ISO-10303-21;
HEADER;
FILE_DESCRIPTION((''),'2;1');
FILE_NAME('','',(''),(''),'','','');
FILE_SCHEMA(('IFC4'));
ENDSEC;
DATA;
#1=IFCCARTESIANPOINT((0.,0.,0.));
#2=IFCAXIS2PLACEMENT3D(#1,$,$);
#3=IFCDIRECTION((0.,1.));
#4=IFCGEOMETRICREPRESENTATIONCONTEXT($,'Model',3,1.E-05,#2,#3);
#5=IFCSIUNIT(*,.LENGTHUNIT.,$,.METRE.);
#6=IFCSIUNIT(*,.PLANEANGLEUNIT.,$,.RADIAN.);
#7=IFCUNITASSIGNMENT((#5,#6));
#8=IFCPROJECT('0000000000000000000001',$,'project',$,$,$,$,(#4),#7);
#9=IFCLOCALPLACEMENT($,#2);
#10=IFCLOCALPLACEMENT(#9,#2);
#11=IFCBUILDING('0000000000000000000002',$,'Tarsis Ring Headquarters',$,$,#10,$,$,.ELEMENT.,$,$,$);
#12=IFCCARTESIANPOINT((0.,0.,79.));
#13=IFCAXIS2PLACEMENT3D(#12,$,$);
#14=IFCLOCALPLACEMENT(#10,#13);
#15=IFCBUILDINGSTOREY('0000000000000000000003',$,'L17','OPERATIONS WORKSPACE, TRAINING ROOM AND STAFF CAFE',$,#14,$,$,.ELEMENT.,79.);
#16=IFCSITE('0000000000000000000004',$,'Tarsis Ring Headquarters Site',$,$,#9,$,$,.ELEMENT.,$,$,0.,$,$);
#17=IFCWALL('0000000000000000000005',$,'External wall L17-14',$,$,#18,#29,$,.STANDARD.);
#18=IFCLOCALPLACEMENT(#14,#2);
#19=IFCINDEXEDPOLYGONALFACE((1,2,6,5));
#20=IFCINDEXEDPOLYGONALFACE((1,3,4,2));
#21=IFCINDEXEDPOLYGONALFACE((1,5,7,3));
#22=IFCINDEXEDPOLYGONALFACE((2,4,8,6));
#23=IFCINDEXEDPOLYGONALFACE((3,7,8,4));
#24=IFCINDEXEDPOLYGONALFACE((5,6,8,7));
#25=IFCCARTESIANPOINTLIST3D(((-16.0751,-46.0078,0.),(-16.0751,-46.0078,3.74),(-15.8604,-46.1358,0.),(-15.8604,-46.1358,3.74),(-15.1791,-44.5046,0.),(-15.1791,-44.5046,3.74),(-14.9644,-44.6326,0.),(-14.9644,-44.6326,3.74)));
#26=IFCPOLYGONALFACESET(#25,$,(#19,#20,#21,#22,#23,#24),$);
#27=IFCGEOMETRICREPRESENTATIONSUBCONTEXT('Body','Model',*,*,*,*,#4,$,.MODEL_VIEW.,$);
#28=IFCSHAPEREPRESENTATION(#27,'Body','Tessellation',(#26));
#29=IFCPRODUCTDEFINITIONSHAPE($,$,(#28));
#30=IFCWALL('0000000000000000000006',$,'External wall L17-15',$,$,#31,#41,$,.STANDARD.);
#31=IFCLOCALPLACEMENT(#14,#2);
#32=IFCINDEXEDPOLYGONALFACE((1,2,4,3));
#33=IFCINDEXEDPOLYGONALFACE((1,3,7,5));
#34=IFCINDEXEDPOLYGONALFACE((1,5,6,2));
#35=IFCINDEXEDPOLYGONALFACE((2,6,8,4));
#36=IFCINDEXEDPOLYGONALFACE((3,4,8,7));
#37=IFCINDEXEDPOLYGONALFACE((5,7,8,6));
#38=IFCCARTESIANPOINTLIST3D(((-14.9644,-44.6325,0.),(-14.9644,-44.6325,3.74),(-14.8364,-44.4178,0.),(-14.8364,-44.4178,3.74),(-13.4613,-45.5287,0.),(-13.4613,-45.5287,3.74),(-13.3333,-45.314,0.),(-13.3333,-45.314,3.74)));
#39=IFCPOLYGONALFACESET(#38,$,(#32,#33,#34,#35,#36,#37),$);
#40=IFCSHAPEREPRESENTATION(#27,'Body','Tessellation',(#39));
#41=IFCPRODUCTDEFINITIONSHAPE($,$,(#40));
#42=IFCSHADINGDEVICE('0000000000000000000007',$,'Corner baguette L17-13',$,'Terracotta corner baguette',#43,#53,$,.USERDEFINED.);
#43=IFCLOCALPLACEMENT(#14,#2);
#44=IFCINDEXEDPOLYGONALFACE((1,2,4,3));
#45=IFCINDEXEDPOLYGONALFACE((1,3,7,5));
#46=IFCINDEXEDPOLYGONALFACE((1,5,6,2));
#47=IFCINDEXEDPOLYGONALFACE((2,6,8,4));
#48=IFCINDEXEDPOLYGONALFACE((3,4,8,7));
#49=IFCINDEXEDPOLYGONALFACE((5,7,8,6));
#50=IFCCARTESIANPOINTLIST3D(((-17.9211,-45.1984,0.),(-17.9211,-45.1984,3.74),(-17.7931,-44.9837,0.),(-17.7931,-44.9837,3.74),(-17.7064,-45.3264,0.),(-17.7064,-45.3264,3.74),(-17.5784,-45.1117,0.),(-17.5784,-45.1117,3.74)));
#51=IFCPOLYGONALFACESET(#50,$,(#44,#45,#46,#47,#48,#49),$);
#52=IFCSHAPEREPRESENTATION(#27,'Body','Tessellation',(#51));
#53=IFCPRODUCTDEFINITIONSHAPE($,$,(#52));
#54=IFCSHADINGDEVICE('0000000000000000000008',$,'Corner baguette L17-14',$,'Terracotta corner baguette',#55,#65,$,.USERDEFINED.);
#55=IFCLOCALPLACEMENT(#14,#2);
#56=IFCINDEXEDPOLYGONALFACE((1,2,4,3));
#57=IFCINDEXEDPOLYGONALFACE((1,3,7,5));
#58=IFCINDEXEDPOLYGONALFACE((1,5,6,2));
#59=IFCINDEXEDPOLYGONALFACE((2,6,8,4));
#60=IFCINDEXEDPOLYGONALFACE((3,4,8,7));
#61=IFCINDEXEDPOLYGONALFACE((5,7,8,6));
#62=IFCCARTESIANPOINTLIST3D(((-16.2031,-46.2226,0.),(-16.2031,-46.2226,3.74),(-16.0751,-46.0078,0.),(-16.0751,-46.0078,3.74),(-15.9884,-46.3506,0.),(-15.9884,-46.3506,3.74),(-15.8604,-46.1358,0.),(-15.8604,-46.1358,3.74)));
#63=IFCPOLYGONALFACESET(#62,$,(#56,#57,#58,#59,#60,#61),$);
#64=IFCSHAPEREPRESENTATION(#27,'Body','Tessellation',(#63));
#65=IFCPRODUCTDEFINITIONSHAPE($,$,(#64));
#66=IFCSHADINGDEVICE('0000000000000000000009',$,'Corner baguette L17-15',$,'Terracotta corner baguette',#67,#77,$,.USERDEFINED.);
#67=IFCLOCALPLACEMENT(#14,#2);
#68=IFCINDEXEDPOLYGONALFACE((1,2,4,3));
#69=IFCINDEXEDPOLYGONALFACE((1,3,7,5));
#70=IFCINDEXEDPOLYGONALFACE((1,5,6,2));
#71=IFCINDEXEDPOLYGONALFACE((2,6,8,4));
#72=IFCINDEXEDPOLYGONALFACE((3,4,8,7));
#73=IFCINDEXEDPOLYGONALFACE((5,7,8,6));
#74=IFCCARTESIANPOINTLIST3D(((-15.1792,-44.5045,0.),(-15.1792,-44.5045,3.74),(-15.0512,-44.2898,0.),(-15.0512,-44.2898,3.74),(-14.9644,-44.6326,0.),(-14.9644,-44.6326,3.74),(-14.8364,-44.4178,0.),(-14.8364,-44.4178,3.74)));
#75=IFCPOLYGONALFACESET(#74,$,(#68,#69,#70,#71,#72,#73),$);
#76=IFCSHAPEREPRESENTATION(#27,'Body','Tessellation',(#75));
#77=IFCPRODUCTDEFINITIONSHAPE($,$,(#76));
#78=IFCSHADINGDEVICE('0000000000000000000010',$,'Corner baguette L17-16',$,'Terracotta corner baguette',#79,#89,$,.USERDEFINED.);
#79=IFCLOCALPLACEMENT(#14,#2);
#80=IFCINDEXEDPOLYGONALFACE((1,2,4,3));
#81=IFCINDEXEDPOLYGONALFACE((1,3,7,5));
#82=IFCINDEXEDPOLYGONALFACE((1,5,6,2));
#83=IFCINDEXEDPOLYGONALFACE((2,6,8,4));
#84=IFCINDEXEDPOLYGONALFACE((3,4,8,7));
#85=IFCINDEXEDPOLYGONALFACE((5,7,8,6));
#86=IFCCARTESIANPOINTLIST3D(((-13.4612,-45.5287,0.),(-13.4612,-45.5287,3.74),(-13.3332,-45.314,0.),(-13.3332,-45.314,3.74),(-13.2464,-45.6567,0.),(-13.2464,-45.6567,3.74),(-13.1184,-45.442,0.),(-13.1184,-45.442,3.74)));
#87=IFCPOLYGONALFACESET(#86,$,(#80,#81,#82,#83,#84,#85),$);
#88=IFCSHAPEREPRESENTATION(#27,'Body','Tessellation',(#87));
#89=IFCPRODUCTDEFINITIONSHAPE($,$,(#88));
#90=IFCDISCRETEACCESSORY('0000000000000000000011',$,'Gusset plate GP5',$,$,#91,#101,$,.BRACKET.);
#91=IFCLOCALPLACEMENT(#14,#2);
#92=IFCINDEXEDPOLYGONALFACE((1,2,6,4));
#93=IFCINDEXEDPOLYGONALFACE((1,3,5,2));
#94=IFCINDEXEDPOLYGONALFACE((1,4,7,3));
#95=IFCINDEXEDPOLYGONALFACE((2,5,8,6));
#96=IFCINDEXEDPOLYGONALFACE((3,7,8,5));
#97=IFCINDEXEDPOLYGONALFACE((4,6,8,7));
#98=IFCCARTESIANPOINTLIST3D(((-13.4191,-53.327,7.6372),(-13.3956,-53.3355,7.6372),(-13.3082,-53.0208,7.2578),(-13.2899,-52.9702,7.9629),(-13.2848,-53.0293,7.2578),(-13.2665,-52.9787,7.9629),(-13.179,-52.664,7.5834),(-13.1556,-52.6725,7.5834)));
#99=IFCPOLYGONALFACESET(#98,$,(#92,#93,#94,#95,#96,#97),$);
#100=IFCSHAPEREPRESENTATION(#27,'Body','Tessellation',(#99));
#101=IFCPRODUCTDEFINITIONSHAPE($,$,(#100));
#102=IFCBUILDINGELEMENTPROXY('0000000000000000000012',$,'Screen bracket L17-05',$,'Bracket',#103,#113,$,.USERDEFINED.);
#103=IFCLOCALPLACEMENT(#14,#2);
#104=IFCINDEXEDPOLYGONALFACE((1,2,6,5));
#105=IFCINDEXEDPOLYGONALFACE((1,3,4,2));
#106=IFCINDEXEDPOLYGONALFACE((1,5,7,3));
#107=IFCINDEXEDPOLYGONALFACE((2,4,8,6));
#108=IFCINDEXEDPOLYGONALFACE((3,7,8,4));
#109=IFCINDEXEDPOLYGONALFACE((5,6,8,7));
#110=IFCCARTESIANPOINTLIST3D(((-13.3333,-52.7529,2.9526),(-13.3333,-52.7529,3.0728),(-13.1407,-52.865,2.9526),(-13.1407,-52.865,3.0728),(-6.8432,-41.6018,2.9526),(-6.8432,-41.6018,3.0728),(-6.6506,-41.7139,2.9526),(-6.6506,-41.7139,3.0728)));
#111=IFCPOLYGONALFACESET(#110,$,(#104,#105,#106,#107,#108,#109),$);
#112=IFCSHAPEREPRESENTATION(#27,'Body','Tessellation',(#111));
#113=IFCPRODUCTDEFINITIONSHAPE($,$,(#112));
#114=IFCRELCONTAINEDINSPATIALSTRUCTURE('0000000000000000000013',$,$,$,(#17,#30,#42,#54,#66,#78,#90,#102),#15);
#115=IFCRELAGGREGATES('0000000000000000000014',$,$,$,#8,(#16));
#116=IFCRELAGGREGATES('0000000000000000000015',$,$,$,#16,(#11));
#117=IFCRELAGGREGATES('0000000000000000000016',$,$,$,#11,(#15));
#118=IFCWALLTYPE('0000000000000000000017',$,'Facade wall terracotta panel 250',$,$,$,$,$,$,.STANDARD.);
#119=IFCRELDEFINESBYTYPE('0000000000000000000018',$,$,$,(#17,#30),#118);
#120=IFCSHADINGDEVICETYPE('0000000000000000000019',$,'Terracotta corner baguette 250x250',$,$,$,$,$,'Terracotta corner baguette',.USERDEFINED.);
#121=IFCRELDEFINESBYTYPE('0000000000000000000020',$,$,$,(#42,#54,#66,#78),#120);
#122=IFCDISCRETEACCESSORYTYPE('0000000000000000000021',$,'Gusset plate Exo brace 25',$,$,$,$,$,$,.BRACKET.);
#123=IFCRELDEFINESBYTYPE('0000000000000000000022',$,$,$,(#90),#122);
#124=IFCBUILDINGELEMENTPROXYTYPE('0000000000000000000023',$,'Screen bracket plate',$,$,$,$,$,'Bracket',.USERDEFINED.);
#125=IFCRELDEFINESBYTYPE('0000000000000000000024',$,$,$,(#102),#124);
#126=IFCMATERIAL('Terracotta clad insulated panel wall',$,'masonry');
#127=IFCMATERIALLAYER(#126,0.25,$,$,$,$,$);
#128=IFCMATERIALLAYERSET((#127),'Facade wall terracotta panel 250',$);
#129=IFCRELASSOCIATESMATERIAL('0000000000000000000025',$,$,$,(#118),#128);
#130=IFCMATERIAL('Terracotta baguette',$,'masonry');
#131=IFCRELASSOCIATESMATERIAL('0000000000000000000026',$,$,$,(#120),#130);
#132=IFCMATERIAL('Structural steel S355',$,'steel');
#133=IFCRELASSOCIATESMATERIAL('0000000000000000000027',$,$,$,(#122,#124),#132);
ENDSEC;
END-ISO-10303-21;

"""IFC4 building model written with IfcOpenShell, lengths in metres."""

from ifc_helpers import new_model, si_unit, direction, frame, frame_2d, origin, origin_2d, place, context, subcontext, project, spatial, rectangle, extrude, material, layer, layer_set, material_profile, profile_set, type_object, element, save


model = new_model("IFC4")

# Units and contexts
model_context = context("Model", 3, precision=1e-05, world=origin(), true_north=direction((0.0, 1.0)))
body_context = subcontext(model_context, "Body", "Model", "MODEL_VIEW")
ifc_project = project(units=[si_unit("LENGTHUNIT", "METRE"), si_unit("PLANEANGLEUNIT", "RADIAN")], contexts=[model_context])

# Site, building, storey
site_placement = place(None, origin())
site = spatial("IfcSite", under=ifc_project, at=site_placement, Name="Tarsis Ring Headquarters Site", CompositionType="ELEMENT", RefElevation=0.0)
building_placement = place(site_placement, origin())
building = spatial("IfcBuilding", under=site, at=building_placement, Name="Tarsis Ring Headquarters", CompositionType="ELEMENT")
storey_placement = place(building_placement, frame((0.0, 0.0, 79.0)))
storey = spatial("IfcBuildingStorey", under=building, at=storey_placement, Name="L17", Description="OPERATIONS WORKSPACE, TRAINING ROOM AND STAFF CAFE", CompositionType="ELEMENT", Elevation=79.0)

# Shared definitions
ifc_material_1 = material(Name="Structural steel S355", Category="steel")

# Walls
ifc_material_2 = material(Name="Terracotta clad insulated panel wall", Category="masonry")
ifc_layer_1 = layer(ifc_material_2, 0.25)
ifc_layer_set_1 = layer_set([ifc_layer_1], Name="Facade wall terracotta panel 250")
wall_type_1 = type_object("IfcWallType", Name="Facade wall terracotta panel 250", PredefinedType="STANDARD", material=ifc_layer_set_1)
for number, where, z_axis, x_axis, name in (
    (1, (-15.9678, -46.0718, 0.0), (0.0, 0.0, 1.0), (0.512011, 0.858979, 0.0), "External wall L17-14"),
    (2, (-14.9004, -44.5251, 0.0), (0.0, 0.0, 1.0), (0.858917, -0.512114, 0.0), "External wall L17-15"),
):
    element("IfcWall", number, at=place(storey_placement, frame(where, z_axis=z_axis, x_axis=x_axis)), inside=storey, type_object=wall_type_1, Name=name, PredefinedType="STANDARD", context=body_context, shape_type="SweptSolid", body=[
        extrude(rectangle(XDim=1.75, YDim=0.25, at=frame_2d((0.875, 0.0))), origin(), (0.0, 0.0, 1.0), 3.74),
    ])

# Shading devices
ifc_material_3 = material(Name="Terracotta baguette", Category="masonry")
shading_device_type_1 = type_object("IfcShadingDeviceType", Name="Terracotta corner baguette 250x250", ElementType="Terracotta corner baguette", PredefinedType="USERDEFINED", material=ifc_material_3)
for number, where, z_axis, x_axis, name in (
    (3, (-17.7498, -45.155, 0.0), (0.0, 0.0, 1.0), (0.512043, 0.85896, 0.0), "Corner baguette L17-13"),
    (4, (-16.0317, -46.1792, 0.0), (0.0, 0.0, 1.0), (0.85896, -0.512043, 0.0), "Corner baguette L17-14"),
    (5, (-15.0078, -44.4612, 0.0), (0.0, 0.0, 1.0), (0.512042, 0.85896, 0.0), "Corner baguette L17-15"),
    (6, (-13.2898, -45.4854, 0.0), (0.0, 0.0, 1.0), (0.85896, -0.512043, 0.0), "Corner baguette L17-16"),
):
    element("IfcShadingDevice", number, at=place(storey_placement, frame(where, z_axis=z_axis, x_axis=x_axis)), inside=storey, type_object=shading_device_type_1, Name=name, ObjectType="Terracotta corner baguette", PredefinedType="USERDEFINED", context=body_context, shape_type="SweptSolid", body=[
        extrude(rectangle(XDim=0.25, YDim=0.25, at=origin_2d()), origin(), (0.0, 0.0, 1.0), 3.74),
    ])

# Discrete accessory
ifc_material_profile_1 = material_profile(ifc_material_1, rectangle(XDim=0.0249, YDim=0.5, at=origin_2d()), Name="PL 25x500")
ifc_profile_set_1 = profile_set([ifc_material_profile_1], Name="Structural steel S355")
discrete_accessory_type = type_object("IfcDiscreteAccessoryType", Name="Gusset plate Exo brace 25", PredefinedType="BRACKET", material=ifc_profile_set_1)
discrete_accessory_placement = place(storey_placement, frame((-13.3428, -53.1528, 7.8), z_axis=(0.2217, 0.61236, -0.758857), x_axis=(-0.940274, 0.340418, 0.0)))
element("IfcDiscreteAccessory", 7, at=discrete_accessory_placement, inside=storey, type_object=discrete_accessory_type, Name="Gusset plate GP5", PredefinedType="BRACKET", context=body_context, shape_type="SweptSolid", body=[
    extrude(rectangle(XDim=0.0249, YDim=0.5, at=origin_2d()), origin(), (0.0, 0.0, 1.0), 0.5),
])

# Building element proxy
building_element_proxy_type = type_object("IfcBuildingElementProxyType", Name="Screen bracket plate", ElementType="Bracket", PredefinedType="USERDEFINED", material=ifc_material_1)
proxy_placement = place(storey_placement, frame((-9.9919, -47.2334, 2.9526), z_axis=(0.0, 0.0, 1.0), x_axis=(0.50302, 0.864275, 0.0)))
element("IfcBuildingElementProxy", 8, at=proxy_placement, inside=storey, type_object=building_element_proxy_type, Name="Screen bracket L17-05", ObjectType="Bracket", PredefinedType="USERDEFINED", context=body_context, shape_type="SweptSolid", body=[
    extrude(rectangle(XDim=12.9023, YDim=0.2229, at=origin_2d()), origin(), (0.0, 0.0, 1.0), 0.1201),
])

save(model, "model.ifc")
